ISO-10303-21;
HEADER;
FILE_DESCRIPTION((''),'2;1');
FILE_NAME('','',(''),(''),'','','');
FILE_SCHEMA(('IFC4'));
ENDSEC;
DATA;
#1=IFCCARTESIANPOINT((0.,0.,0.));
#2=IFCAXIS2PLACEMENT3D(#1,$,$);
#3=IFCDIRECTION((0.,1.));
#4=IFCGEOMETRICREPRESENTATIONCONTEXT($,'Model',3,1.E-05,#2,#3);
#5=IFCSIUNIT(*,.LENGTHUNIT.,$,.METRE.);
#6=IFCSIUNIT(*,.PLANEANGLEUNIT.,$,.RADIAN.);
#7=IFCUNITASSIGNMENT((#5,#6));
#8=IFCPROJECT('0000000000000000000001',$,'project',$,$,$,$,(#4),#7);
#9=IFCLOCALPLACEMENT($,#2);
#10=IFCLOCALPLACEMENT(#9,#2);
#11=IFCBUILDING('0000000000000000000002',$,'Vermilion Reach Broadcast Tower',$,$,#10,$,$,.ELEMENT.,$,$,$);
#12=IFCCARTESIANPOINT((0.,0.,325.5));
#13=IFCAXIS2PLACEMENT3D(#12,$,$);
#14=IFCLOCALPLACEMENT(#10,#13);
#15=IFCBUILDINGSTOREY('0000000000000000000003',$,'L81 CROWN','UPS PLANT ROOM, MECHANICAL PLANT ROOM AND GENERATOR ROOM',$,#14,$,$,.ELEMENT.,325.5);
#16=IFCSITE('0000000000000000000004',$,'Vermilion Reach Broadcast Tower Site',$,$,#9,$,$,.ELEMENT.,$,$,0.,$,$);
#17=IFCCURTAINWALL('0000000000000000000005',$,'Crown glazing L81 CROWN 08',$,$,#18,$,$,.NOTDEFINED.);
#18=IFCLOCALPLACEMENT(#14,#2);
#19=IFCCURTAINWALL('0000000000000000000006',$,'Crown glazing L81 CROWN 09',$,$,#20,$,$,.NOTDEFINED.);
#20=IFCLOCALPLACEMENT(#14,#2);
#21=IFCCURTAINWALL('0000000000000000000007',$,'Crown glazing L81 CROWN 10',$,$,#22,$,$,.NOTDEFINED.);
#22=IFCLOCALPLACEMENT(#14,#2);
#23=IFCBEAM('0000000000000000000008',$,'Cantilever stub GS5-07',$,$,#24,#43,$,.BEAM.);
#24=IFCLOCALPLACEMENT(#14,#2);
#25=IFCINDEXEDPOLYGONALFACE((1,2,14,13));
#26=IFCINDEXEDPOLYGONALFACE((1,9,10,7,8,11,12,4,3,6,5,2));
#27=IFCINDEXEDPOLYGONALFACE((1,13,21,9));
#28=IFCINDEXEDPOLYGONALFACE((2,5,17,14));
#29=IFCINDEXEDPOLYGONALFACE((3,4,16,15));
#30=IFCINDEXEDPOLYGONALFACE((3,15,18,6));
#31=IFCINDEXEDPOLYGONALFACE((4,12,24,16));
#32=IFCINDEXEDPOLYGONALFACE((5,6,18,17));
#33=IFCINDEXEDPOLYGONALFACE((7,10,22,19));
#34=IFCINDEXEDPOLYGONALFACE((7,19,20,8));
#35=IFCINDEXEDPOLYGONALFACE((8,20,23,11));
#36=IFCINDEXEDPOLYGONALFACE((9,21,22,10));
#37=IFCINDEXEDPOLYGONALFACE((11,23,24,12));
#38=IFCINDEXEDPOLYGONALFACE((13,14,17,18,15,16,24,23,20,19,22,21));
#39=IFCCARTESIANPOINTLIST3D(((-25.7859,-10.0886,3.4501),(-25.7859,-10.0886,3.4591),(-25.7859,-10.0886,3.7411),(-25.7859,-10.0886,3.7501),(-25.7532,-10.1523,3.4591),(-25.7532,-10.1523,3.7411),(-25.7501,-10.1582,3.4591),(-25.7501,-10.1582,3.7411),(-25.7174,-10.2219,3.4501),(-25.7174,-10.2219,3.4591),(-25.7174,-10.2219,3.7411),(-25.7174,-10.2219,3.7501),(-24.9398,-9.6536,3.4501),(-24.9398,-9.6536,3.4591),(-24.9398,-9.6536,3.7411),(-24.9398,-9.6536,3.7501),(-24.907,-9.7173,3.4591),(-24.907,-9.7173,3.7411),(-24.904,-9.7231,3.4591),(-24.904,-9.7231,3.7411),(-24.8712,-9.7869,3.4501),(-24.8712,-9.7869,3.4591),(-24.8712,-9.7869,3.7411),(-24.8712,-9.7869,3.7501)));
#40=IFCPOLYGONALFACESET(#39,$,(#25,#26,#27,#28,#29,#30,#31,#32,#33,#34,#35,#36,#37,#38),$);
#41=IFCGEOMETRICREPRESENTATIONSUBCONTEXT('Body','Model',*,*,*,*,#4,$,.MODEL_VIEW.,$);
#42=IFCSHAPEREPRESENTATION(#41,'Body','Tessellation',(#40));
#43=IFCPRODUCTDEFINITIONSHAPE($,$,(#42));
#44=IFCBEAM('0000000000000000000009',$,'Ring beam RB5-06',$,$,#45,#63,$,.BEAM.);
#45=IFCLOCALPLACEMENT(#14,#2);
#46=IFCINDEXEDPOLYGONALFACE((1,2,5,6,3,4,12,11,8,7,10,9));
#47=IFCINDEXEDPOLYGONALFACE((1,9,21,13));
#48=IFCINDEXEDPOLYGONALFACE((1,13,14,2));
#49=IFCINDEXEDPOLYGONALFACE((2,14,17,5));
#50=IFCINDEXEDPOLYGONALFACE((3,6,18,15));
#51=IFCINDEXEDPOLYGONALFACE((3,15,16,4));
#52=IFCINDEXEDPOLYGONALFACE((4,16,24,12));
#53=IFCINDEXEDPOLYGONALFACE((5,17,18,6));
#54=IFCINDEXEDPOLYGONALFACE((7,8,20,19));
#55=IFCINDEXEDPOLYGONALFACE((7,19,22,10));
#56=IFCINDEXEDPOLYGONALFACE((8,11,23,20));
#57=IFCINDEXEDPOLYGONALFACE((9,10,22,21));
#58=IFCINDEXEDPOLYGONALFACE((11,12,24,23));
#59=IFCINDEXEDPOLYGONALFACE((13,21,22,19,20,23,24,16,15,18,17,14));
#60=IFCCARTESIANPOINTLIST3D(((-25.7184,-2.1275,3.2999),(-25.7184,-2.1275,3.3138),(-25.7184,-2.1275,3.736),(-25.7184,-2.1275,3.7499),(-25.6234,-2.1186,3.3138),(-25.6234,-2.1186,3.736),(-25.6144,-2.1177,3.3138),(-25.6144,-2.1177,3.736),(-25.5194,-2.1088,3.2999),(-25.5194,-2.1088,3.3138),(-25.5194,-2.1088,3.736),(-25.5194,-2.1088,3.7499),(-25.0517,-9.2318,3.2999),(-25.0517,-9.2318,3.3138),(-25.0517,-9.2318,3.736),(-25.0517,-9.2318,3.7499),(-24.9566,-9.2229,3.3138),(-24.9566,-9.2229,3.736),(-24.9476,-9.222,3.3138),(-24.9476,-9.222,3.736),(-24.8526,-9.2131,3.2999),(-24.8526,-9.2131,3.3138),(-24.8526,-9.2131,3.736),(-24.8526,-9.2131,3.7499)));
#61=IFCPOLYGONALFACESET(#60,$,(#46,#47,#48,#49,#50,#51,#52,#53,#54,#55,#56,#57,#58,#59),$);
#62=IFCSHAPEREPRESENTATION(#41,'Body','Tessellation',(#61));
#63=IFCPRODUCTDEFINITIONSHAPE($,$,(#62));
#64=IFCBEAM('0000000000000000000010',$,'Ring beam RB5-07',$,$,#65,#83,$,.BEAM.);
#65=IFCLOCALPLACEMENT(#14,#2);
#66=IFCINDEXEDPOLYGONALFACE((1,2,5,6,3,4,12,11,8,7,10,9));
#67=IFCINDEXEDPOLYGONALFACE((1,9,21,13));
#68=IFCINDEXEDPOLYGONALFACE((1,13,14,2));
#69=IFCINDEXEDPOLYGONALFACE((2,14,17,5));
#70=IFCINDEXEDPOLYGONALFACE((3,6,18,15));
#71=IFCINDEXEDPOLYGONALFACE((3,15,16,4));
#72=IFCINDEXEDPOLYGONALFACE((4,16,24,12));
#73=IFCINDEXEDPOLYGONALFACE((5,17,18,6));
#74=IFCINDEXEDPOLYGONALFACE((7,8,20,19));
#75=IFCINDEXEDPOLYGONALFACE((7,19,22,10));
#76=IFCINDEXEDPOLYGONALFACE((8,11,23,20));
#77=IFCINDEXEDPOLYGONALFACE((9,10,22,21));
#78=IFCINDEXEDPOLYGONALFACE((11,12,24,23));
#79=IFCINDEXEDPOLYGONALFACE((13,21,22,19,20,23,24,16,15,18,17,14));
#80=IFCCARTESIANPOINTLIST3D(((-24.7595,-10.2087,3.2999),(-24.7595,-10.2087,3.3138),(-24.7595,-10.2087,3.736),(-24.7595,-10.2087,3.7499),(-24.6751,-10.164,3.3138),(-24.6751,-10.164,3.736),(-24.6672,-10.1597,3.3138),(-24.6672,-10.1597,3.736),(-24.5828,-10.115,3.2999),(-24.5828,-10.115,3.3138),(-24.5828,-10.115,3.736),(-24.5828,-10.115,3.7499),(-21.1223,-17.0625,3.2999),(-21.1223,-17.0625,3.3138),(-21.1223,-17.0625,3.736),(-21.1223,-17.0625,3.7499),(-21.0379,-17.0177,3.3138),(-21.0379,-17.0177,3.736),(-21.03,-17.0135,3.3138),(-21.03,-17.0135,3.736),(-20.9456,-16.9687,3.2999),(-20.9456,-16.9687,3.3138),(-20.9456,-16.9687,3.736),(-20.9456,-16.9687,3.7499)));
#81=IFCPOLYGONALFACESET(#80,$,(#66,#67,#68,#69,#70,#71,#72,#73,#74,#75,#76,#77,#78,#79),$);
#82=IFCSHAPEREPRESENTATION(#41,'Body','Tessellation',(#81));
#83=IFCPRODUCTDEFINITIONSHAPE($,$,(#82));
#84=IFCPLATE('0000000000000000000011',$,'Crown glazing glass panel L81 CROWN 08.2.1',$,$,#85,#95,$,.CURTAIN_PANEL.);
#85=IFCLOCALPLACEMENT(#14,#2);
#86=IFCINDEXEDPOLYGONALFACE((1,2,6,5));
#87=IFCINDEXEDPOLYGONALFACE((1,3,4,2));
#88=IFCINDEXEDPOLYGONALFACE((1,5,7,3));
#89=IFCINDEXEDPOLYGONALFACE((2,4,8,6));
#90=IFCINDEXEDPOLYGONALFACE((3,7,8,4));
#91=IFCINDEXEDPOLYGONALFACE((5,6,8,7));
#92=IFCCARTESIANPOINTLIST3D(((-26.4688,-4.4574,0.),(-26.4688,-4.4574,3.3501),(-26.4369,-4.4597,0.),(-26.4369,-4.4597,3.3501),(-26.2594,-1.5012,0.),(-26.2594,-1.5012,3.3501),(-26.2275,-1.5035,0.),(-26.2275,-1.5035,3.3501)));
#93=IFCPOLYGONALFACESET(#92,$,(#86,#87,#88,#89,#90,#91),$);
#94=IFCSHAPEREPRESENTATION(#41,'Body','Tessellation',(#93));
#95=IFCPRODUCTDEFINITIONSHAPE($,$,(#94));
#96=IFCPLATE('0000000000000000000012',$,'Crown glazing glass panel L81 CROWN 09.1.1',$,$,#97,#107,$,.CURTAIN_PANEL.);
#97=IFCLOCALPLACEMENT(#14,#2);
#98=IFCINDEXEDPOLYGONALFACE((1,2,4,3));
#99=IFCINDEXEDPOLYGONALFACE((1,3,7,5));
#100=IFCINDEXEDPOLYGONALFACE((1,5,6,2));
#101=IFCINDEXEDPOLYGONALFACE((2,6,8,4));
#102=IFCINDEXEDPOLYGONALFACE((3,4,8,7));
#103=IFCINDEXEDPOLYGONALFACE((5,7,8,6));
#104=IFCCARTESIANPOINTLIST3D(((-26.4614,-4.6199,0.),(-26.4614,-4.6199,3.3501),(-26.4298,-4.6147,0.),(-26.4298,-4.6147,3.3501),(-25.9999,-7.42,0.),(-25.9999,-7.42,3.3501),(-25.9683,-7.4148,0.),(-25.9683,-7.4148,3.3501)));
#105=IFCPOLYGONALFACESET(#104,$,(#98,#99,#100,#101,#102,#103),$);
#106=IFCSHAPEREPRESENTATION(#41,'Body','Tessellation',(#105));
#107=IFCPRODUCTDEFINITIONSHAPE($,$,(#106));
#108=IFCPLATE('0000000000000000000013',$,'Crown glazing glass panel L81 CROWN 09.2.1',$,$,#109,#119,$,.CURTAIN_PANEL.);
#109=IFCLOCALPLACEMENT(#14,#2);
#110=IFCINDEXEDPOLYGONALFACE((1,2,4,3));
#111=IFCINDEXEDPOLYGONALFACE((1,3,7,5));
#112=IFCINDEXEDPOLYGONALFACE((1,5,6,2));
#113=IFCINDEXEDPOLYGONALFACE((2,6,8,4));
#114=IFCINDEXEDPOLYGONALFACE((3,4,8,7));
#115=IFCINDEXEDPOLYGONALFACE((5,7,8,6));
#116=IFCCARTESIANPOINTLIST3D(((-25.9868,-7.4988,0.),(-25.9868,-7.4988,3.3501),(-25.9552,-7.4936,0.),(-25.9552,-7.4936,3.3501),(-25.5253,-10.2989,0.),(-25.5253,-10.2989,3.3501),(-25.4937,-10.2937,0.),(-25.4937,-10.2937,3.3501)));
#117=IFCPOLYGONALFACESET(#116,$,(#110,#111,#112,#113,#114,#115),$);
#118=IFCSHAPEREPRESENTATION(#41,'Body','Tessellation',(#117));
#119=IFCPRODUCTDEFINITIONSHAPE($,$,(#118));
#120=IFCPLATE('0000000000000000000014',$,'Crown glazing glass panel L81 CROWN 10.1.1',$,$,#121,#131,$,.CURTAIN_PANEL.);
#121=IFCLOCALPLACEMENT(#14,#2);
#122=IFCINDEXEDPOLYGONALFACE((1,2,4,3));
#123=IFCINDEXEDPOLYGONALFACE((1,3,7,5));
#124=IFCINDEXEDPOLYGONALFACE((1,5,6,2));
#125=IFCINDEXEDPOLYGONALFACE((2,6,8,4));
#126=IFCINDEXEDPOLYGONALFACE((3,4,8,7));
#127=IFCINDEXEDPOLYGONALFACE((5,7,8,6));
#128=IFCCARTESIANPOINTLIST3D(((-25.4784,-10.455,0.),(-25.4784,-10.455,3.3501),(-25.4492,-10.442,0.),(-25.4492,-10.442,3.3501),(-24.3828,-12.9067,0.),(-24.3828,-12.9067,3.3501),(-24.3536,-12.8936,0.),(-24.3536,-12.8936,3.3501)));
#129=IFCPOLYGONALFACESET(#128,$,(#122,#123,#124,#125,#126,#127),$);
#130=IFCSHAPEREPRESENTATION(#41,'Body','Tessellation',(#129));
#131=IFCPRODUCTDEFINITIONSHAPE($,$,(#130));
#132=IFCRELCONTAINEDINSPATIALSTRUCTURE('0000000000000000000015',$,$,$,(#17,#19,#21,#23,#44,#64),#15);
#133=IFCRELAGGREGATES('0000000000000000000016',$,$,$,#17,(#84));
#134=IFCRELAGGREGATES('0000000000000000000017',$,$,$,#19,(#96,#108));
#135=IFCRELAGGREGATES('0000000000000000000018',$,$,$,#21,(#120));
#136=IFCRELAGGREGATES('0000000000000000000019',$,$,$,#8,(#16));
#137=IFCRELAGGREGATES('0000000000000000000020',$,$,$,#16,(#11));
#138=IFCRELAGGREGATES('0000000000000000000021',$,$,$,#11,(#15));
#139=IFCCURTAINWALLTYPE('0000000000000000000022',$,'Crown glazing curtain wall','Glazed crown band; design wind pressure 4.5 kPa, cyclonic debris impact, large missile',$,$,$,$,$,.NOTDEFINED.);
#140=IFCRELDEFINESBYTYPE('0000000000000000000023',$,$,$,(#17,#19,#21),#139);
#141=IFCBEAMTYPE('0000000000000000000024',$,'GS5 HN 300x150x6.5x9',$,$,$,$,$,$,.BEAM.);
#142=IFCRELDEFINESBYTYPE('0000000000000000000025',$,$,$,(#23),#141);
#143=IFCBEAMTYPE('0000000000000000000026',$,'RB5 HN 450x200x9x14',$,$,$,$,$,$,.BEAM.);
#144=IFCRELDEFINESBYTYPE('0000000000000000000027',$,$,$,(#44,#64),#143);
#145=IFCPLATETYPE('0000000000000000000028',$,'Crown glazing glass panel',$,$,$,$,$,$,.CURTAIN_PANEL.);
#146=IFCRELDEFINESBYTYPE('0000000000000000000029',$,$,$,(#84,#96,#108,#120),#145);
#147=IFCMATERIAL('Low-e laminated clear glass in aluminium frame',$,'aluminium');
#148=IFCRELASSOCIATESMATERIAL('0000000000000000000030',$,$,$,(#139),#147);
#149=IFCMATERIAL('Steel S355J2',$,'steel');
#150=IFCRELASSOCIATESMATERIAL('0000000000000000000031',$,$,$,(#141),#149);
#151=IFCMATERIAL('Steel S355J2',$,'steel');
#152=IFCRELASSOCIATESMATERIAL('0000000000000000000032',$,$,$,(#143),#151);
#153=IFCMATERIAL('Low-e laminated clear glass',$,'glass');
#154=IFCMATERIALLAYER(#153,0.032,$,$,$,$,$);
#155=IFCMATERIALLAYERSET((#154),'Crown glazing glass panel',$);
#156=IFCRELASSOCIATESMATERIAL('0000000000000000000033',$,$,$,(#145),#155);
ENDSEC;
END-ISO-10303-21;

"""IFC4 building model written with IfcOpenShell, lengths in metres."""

from ifc_helpers import new_model, si_unit, direction, frame, origin, origin_2d, place, context, subcontext, project, spatial, rectangle, i_section, extrude, material, layer, layer_set, material_profile, profile_set, type_object, element, aggregate, save


model = new_model("IFC4")

# Units and contexts
model_context = context("Model", 3, precision=1e-05, world=origin(), true_north=direction((0.0, 1.0)))
body_context = subcontext(model_context, "Body", "Model", "MODEL_VIEW")
ifc_project = project(units=[si_unit("LENGTHUNIT", "METRE"), si_unit("PLANEANGLEUNIT", "RADIAN")], contexts=[model_context])

# Site, building, storey
site_placement = place(None, origin())
site = spatial("IfcSite", under=ifc_project, at=site_placement, Name="Vermilion Reach Broadcast Tower Site", CompositionType="ELEMENT", RefElevation=0.0)
building_placement = place(site_placement, origin())
building = spatial("IfcBuilding", under=site, at=building_placement, Name="Vermilion Reach Broadcast Tower", CompositionType="ELEMENT")
storey_placement = place(building_placement, frame((0.0, 0.0, 325.5)))
storey = spatial("IfcBuildingStorey", under=building, at=storey_placement, Name="L81 CROWN", Description="UPS PLANT ROOM, MECHANICAL PLANT ROOM AND GENERATOR ROOM", CompositionType="ELEMENT", Elevation=325.5)

# Curtain walls
ifc_material_1 = material(Name="Low-e laminated clear glass in aluminium frame", Category="aluminium")
curtain_wall_type = type_object("IfcCurtainWallType", Name="Crown glazing curtain wall", Description="Glazed crown band; design wind pressure 4.5 kPa, cyclonic debris impact, large missile", PredefinedType="NOTDEFINED", material=ifc_material_1)
placement = place(storey_placement, origin())
curtain_wall_1 = element("IfcCurtainWall", 1, at=placement, inside=storey, type_object=curtain_wall_type, Name="Crown glazing L81 CROWN 08", PredefinedType="NOTDEFINED")
curtain_wall_2 = element("IfcCurtainWall", 2, at=placement, inside=storey, type_object=curtain_wall_type, Name="Crown glazing L81 CROWN 09", PredefinedType="NOTDEFINED")
curtain_wall_3 = element("IfcCurtainWall", 3, at=placement, inside=storey, type_object=curtain_wall_type, Name="Crown glazing L81 CROWN 10", PredefinedType="NOTDEFINED")

# Beams
ifc_material_2 = material(Name="Steel S355J2", Category="steel")
ifc_material_profile_1 = material_profile(ifc_material_2, i_section(OverallWidth=0.1499, OverallDepth=0.3, WebThickness=0.0066, FlangeThickness=0.009, at=origin_2d()), Name="S355J2 HN 300x150x6.5x9")
ifc_profile_set_1 = profile_set([ifc_material_profile_1], Name="Steel S355J2")
beam_type_1 = type_object("IfcBeamType", Name="GS5 HN 300x150x6.5x9", PredefinedType="BEAM", material=ifc_profile_set_1)
beam_1_placement = place(storey_placement, frame((-24.9055, -9.7202, 3.6001), z_axis=(-0.889341, -0.457244, 0.0), x_axis=(0.457244, -0.889341, 0.0)))
element("IfcBeam", 4, at=beam_1_placement, inside=storey, type_object=beam_type_1, Name="Cantilever stub GS5-07", PredefinedType="BEAM", context=body_context, shape_type="SweptSolid", body=[
    extrude(i_section(OverallWidth=0.1499, OverallDepth=0.3, WebThickness=0.0066, FlangeThickness=0.009, at=origin_2d()), origin(), (0.0, 0.0, 1.0), 0.9514),
])
ifc_material_3 = material(Name="Steel S355J2", Category="steel")
ifc_material_profile_2 = material_profile(ifc_material_3, i_section(OverallWidth=0.2, OverallDepth=0.45, WebThickness=0.009, FlangeThickness=0.0139, at=origin_2d()), Name="S355J2 HN 450x200x9x14")
ifc_profile_set_2 = profile_set([ifc_material_profile_2], Name="Steel S355J2")
beam_type_2 = type_object("IfcBeamType", Name="RB5 HN 450x200x9x14", PredefinedType="BEAM", material=ifc_profile_set_2)
beam_2_placement = place(storey_placement, frame((-25.6189, -2.1182, 3.5249), z_axis=(0.093441, -0.995625, 0.0), x_axis=(0.995625, 0.093441, 0.0)))
element("IfcBeam", 5, at=beam_2_placement, inside=storey, type_object=beam_type_2, Name="Ring beam RB5-06", PredefinedType="BEAM", context=body_context, shape_type="SweptSolid", body=[
    extrude(i_section(OverallWidth=0.2, OverallDepth=0.45, WebThickness=0.009, FlangeThickness=0.0139, at=origin_2d()), origin(), (0.0, 0.0, 1.0), 7.1355),
])
beam_3_placement = place(storey_placement, frame((-24.6711, -10.1619, 3.5249), z_axis=(0.468768, -0.883321, 0.0), x_axis=(0.883321, 0.468768, 0.0)))
element("IfcBeam", 6, at=beam_3_placement, inside=storey, type_object=beam_type_2, Name="Ring beam RB5-07", PredefinedType="BEAM", context=body_context, shape_type="SweptSolid", body=[
    extrude(i_section(OverallWidth=0.2, OverallDepth=0.45, WebThickness=0.009, FlangeThickness=0.0139, at=origin_2d()), origin(), (0.0, 0.0, 1.0), 7.759),
])

# Plates
ifc_material_4 = material(Name="Low-e laminated clear glass", Category="glass")
ifc_layer = layer(ifc_material_4, 0.032)
ifc_layer_set = layer_set([ifc_layer], Name="Crown glazing glass panel")
plate_type = type_object("IfcPlateType", Name="Crown glazing glass panel", PredefinedType="CURTAIN_PANEL", material=ifc_layer_set)
plate_1_placement = place(storey_placement, frame((-26.3481, -2.9805, 0.0), z_axis=(0.0, 0.0, 1.0), x_axis=(-0.070673, -0.9975, 0.0)))
plate_1 = element("IfcPlate", 7, at=plate_1_placement, type_object=plate_type, Name="Crown glazing glass panel L81 CROWN 08.2.1", PredefinedType="CURTAIN_PANEL", context=body_context, shape_type="SweptSolid", body=[
    extrude(rectangle(XDim=2.9636, YDim=0.032, at=origin_2d()), origin(), (0.0, 0.0, 1.0), 3.3501),
])
aggregate(curtain_wall_1, [plate_1])
plate_2_placement = place(storey_placement, frame((-26.2148, -6.0173, 0.0), z_axis=(0.0, 0.0, 1.0), x_axis=(0.162618, -0.986689, 0.0)))
plate_2 = element("IfcPlate", 8, at=plate_2_placement, type_object=plate_type, Name="Crown glazing glass panel L81 CROWN 09.1.1", PredefinedType="CURTAIN_PANEL", context=body_context, shape_type="SweptSolid", body=[
    extrude(rectangle(XDim=2.8379, YDim=0.032, at=origin_2d()), origin(), (0.0, 0.0, 1.0), 3.3501),
])
plate_3_placement = place(storey_placement, frame((-25.7402, -8.8962, 0.0), z_axis=(0.0, 0.0, 1.0), x_axis=(0.162618, -0.986689, 0.0)))
plate_3 = element("IfcPlate", 9, at=plate_3_placement, type_object=plate_type, Name="Crown glazing glass panel L81 CROWN 09.2.1", PredefinedType="CURTAIN_PANEL", context=body_context, shape_type="SweptSolid", body=[
    extrude(rectangle(XDim=2.8379, YDim=0.032, at=origin_2d()), origin(), (0.0, 0.0, 1.0), 3.3501),
])
aggregate(curtain_wall_2, [plate_2, plate_3])
plate_4_placement = place(storey_placement, frame((-24.916, -11.6743, 0.0), z_axis=(0.0, 0.0, 1.0), x_axis=(0.407985, -0.912989, 0.0)))
plate_4 = element("IfcPlate", 10, at=plate_4_placement, type_object=plate_type, Name="Crown glazing glass panel L81 CROWN 10.1.1", PredefinedType="CURTAIN_PANEL", context=body_context, shape_type="SweptSolid", body=[
    extrude(rectangle(XDim=2.6853, YDim=0.032, at=origin_2d()), origin(), (0.0, 0.0, 1.0), 3.3501),
])
aggregate(curtain_wall_3, [plate_4])

save(model, "model.ifc")
